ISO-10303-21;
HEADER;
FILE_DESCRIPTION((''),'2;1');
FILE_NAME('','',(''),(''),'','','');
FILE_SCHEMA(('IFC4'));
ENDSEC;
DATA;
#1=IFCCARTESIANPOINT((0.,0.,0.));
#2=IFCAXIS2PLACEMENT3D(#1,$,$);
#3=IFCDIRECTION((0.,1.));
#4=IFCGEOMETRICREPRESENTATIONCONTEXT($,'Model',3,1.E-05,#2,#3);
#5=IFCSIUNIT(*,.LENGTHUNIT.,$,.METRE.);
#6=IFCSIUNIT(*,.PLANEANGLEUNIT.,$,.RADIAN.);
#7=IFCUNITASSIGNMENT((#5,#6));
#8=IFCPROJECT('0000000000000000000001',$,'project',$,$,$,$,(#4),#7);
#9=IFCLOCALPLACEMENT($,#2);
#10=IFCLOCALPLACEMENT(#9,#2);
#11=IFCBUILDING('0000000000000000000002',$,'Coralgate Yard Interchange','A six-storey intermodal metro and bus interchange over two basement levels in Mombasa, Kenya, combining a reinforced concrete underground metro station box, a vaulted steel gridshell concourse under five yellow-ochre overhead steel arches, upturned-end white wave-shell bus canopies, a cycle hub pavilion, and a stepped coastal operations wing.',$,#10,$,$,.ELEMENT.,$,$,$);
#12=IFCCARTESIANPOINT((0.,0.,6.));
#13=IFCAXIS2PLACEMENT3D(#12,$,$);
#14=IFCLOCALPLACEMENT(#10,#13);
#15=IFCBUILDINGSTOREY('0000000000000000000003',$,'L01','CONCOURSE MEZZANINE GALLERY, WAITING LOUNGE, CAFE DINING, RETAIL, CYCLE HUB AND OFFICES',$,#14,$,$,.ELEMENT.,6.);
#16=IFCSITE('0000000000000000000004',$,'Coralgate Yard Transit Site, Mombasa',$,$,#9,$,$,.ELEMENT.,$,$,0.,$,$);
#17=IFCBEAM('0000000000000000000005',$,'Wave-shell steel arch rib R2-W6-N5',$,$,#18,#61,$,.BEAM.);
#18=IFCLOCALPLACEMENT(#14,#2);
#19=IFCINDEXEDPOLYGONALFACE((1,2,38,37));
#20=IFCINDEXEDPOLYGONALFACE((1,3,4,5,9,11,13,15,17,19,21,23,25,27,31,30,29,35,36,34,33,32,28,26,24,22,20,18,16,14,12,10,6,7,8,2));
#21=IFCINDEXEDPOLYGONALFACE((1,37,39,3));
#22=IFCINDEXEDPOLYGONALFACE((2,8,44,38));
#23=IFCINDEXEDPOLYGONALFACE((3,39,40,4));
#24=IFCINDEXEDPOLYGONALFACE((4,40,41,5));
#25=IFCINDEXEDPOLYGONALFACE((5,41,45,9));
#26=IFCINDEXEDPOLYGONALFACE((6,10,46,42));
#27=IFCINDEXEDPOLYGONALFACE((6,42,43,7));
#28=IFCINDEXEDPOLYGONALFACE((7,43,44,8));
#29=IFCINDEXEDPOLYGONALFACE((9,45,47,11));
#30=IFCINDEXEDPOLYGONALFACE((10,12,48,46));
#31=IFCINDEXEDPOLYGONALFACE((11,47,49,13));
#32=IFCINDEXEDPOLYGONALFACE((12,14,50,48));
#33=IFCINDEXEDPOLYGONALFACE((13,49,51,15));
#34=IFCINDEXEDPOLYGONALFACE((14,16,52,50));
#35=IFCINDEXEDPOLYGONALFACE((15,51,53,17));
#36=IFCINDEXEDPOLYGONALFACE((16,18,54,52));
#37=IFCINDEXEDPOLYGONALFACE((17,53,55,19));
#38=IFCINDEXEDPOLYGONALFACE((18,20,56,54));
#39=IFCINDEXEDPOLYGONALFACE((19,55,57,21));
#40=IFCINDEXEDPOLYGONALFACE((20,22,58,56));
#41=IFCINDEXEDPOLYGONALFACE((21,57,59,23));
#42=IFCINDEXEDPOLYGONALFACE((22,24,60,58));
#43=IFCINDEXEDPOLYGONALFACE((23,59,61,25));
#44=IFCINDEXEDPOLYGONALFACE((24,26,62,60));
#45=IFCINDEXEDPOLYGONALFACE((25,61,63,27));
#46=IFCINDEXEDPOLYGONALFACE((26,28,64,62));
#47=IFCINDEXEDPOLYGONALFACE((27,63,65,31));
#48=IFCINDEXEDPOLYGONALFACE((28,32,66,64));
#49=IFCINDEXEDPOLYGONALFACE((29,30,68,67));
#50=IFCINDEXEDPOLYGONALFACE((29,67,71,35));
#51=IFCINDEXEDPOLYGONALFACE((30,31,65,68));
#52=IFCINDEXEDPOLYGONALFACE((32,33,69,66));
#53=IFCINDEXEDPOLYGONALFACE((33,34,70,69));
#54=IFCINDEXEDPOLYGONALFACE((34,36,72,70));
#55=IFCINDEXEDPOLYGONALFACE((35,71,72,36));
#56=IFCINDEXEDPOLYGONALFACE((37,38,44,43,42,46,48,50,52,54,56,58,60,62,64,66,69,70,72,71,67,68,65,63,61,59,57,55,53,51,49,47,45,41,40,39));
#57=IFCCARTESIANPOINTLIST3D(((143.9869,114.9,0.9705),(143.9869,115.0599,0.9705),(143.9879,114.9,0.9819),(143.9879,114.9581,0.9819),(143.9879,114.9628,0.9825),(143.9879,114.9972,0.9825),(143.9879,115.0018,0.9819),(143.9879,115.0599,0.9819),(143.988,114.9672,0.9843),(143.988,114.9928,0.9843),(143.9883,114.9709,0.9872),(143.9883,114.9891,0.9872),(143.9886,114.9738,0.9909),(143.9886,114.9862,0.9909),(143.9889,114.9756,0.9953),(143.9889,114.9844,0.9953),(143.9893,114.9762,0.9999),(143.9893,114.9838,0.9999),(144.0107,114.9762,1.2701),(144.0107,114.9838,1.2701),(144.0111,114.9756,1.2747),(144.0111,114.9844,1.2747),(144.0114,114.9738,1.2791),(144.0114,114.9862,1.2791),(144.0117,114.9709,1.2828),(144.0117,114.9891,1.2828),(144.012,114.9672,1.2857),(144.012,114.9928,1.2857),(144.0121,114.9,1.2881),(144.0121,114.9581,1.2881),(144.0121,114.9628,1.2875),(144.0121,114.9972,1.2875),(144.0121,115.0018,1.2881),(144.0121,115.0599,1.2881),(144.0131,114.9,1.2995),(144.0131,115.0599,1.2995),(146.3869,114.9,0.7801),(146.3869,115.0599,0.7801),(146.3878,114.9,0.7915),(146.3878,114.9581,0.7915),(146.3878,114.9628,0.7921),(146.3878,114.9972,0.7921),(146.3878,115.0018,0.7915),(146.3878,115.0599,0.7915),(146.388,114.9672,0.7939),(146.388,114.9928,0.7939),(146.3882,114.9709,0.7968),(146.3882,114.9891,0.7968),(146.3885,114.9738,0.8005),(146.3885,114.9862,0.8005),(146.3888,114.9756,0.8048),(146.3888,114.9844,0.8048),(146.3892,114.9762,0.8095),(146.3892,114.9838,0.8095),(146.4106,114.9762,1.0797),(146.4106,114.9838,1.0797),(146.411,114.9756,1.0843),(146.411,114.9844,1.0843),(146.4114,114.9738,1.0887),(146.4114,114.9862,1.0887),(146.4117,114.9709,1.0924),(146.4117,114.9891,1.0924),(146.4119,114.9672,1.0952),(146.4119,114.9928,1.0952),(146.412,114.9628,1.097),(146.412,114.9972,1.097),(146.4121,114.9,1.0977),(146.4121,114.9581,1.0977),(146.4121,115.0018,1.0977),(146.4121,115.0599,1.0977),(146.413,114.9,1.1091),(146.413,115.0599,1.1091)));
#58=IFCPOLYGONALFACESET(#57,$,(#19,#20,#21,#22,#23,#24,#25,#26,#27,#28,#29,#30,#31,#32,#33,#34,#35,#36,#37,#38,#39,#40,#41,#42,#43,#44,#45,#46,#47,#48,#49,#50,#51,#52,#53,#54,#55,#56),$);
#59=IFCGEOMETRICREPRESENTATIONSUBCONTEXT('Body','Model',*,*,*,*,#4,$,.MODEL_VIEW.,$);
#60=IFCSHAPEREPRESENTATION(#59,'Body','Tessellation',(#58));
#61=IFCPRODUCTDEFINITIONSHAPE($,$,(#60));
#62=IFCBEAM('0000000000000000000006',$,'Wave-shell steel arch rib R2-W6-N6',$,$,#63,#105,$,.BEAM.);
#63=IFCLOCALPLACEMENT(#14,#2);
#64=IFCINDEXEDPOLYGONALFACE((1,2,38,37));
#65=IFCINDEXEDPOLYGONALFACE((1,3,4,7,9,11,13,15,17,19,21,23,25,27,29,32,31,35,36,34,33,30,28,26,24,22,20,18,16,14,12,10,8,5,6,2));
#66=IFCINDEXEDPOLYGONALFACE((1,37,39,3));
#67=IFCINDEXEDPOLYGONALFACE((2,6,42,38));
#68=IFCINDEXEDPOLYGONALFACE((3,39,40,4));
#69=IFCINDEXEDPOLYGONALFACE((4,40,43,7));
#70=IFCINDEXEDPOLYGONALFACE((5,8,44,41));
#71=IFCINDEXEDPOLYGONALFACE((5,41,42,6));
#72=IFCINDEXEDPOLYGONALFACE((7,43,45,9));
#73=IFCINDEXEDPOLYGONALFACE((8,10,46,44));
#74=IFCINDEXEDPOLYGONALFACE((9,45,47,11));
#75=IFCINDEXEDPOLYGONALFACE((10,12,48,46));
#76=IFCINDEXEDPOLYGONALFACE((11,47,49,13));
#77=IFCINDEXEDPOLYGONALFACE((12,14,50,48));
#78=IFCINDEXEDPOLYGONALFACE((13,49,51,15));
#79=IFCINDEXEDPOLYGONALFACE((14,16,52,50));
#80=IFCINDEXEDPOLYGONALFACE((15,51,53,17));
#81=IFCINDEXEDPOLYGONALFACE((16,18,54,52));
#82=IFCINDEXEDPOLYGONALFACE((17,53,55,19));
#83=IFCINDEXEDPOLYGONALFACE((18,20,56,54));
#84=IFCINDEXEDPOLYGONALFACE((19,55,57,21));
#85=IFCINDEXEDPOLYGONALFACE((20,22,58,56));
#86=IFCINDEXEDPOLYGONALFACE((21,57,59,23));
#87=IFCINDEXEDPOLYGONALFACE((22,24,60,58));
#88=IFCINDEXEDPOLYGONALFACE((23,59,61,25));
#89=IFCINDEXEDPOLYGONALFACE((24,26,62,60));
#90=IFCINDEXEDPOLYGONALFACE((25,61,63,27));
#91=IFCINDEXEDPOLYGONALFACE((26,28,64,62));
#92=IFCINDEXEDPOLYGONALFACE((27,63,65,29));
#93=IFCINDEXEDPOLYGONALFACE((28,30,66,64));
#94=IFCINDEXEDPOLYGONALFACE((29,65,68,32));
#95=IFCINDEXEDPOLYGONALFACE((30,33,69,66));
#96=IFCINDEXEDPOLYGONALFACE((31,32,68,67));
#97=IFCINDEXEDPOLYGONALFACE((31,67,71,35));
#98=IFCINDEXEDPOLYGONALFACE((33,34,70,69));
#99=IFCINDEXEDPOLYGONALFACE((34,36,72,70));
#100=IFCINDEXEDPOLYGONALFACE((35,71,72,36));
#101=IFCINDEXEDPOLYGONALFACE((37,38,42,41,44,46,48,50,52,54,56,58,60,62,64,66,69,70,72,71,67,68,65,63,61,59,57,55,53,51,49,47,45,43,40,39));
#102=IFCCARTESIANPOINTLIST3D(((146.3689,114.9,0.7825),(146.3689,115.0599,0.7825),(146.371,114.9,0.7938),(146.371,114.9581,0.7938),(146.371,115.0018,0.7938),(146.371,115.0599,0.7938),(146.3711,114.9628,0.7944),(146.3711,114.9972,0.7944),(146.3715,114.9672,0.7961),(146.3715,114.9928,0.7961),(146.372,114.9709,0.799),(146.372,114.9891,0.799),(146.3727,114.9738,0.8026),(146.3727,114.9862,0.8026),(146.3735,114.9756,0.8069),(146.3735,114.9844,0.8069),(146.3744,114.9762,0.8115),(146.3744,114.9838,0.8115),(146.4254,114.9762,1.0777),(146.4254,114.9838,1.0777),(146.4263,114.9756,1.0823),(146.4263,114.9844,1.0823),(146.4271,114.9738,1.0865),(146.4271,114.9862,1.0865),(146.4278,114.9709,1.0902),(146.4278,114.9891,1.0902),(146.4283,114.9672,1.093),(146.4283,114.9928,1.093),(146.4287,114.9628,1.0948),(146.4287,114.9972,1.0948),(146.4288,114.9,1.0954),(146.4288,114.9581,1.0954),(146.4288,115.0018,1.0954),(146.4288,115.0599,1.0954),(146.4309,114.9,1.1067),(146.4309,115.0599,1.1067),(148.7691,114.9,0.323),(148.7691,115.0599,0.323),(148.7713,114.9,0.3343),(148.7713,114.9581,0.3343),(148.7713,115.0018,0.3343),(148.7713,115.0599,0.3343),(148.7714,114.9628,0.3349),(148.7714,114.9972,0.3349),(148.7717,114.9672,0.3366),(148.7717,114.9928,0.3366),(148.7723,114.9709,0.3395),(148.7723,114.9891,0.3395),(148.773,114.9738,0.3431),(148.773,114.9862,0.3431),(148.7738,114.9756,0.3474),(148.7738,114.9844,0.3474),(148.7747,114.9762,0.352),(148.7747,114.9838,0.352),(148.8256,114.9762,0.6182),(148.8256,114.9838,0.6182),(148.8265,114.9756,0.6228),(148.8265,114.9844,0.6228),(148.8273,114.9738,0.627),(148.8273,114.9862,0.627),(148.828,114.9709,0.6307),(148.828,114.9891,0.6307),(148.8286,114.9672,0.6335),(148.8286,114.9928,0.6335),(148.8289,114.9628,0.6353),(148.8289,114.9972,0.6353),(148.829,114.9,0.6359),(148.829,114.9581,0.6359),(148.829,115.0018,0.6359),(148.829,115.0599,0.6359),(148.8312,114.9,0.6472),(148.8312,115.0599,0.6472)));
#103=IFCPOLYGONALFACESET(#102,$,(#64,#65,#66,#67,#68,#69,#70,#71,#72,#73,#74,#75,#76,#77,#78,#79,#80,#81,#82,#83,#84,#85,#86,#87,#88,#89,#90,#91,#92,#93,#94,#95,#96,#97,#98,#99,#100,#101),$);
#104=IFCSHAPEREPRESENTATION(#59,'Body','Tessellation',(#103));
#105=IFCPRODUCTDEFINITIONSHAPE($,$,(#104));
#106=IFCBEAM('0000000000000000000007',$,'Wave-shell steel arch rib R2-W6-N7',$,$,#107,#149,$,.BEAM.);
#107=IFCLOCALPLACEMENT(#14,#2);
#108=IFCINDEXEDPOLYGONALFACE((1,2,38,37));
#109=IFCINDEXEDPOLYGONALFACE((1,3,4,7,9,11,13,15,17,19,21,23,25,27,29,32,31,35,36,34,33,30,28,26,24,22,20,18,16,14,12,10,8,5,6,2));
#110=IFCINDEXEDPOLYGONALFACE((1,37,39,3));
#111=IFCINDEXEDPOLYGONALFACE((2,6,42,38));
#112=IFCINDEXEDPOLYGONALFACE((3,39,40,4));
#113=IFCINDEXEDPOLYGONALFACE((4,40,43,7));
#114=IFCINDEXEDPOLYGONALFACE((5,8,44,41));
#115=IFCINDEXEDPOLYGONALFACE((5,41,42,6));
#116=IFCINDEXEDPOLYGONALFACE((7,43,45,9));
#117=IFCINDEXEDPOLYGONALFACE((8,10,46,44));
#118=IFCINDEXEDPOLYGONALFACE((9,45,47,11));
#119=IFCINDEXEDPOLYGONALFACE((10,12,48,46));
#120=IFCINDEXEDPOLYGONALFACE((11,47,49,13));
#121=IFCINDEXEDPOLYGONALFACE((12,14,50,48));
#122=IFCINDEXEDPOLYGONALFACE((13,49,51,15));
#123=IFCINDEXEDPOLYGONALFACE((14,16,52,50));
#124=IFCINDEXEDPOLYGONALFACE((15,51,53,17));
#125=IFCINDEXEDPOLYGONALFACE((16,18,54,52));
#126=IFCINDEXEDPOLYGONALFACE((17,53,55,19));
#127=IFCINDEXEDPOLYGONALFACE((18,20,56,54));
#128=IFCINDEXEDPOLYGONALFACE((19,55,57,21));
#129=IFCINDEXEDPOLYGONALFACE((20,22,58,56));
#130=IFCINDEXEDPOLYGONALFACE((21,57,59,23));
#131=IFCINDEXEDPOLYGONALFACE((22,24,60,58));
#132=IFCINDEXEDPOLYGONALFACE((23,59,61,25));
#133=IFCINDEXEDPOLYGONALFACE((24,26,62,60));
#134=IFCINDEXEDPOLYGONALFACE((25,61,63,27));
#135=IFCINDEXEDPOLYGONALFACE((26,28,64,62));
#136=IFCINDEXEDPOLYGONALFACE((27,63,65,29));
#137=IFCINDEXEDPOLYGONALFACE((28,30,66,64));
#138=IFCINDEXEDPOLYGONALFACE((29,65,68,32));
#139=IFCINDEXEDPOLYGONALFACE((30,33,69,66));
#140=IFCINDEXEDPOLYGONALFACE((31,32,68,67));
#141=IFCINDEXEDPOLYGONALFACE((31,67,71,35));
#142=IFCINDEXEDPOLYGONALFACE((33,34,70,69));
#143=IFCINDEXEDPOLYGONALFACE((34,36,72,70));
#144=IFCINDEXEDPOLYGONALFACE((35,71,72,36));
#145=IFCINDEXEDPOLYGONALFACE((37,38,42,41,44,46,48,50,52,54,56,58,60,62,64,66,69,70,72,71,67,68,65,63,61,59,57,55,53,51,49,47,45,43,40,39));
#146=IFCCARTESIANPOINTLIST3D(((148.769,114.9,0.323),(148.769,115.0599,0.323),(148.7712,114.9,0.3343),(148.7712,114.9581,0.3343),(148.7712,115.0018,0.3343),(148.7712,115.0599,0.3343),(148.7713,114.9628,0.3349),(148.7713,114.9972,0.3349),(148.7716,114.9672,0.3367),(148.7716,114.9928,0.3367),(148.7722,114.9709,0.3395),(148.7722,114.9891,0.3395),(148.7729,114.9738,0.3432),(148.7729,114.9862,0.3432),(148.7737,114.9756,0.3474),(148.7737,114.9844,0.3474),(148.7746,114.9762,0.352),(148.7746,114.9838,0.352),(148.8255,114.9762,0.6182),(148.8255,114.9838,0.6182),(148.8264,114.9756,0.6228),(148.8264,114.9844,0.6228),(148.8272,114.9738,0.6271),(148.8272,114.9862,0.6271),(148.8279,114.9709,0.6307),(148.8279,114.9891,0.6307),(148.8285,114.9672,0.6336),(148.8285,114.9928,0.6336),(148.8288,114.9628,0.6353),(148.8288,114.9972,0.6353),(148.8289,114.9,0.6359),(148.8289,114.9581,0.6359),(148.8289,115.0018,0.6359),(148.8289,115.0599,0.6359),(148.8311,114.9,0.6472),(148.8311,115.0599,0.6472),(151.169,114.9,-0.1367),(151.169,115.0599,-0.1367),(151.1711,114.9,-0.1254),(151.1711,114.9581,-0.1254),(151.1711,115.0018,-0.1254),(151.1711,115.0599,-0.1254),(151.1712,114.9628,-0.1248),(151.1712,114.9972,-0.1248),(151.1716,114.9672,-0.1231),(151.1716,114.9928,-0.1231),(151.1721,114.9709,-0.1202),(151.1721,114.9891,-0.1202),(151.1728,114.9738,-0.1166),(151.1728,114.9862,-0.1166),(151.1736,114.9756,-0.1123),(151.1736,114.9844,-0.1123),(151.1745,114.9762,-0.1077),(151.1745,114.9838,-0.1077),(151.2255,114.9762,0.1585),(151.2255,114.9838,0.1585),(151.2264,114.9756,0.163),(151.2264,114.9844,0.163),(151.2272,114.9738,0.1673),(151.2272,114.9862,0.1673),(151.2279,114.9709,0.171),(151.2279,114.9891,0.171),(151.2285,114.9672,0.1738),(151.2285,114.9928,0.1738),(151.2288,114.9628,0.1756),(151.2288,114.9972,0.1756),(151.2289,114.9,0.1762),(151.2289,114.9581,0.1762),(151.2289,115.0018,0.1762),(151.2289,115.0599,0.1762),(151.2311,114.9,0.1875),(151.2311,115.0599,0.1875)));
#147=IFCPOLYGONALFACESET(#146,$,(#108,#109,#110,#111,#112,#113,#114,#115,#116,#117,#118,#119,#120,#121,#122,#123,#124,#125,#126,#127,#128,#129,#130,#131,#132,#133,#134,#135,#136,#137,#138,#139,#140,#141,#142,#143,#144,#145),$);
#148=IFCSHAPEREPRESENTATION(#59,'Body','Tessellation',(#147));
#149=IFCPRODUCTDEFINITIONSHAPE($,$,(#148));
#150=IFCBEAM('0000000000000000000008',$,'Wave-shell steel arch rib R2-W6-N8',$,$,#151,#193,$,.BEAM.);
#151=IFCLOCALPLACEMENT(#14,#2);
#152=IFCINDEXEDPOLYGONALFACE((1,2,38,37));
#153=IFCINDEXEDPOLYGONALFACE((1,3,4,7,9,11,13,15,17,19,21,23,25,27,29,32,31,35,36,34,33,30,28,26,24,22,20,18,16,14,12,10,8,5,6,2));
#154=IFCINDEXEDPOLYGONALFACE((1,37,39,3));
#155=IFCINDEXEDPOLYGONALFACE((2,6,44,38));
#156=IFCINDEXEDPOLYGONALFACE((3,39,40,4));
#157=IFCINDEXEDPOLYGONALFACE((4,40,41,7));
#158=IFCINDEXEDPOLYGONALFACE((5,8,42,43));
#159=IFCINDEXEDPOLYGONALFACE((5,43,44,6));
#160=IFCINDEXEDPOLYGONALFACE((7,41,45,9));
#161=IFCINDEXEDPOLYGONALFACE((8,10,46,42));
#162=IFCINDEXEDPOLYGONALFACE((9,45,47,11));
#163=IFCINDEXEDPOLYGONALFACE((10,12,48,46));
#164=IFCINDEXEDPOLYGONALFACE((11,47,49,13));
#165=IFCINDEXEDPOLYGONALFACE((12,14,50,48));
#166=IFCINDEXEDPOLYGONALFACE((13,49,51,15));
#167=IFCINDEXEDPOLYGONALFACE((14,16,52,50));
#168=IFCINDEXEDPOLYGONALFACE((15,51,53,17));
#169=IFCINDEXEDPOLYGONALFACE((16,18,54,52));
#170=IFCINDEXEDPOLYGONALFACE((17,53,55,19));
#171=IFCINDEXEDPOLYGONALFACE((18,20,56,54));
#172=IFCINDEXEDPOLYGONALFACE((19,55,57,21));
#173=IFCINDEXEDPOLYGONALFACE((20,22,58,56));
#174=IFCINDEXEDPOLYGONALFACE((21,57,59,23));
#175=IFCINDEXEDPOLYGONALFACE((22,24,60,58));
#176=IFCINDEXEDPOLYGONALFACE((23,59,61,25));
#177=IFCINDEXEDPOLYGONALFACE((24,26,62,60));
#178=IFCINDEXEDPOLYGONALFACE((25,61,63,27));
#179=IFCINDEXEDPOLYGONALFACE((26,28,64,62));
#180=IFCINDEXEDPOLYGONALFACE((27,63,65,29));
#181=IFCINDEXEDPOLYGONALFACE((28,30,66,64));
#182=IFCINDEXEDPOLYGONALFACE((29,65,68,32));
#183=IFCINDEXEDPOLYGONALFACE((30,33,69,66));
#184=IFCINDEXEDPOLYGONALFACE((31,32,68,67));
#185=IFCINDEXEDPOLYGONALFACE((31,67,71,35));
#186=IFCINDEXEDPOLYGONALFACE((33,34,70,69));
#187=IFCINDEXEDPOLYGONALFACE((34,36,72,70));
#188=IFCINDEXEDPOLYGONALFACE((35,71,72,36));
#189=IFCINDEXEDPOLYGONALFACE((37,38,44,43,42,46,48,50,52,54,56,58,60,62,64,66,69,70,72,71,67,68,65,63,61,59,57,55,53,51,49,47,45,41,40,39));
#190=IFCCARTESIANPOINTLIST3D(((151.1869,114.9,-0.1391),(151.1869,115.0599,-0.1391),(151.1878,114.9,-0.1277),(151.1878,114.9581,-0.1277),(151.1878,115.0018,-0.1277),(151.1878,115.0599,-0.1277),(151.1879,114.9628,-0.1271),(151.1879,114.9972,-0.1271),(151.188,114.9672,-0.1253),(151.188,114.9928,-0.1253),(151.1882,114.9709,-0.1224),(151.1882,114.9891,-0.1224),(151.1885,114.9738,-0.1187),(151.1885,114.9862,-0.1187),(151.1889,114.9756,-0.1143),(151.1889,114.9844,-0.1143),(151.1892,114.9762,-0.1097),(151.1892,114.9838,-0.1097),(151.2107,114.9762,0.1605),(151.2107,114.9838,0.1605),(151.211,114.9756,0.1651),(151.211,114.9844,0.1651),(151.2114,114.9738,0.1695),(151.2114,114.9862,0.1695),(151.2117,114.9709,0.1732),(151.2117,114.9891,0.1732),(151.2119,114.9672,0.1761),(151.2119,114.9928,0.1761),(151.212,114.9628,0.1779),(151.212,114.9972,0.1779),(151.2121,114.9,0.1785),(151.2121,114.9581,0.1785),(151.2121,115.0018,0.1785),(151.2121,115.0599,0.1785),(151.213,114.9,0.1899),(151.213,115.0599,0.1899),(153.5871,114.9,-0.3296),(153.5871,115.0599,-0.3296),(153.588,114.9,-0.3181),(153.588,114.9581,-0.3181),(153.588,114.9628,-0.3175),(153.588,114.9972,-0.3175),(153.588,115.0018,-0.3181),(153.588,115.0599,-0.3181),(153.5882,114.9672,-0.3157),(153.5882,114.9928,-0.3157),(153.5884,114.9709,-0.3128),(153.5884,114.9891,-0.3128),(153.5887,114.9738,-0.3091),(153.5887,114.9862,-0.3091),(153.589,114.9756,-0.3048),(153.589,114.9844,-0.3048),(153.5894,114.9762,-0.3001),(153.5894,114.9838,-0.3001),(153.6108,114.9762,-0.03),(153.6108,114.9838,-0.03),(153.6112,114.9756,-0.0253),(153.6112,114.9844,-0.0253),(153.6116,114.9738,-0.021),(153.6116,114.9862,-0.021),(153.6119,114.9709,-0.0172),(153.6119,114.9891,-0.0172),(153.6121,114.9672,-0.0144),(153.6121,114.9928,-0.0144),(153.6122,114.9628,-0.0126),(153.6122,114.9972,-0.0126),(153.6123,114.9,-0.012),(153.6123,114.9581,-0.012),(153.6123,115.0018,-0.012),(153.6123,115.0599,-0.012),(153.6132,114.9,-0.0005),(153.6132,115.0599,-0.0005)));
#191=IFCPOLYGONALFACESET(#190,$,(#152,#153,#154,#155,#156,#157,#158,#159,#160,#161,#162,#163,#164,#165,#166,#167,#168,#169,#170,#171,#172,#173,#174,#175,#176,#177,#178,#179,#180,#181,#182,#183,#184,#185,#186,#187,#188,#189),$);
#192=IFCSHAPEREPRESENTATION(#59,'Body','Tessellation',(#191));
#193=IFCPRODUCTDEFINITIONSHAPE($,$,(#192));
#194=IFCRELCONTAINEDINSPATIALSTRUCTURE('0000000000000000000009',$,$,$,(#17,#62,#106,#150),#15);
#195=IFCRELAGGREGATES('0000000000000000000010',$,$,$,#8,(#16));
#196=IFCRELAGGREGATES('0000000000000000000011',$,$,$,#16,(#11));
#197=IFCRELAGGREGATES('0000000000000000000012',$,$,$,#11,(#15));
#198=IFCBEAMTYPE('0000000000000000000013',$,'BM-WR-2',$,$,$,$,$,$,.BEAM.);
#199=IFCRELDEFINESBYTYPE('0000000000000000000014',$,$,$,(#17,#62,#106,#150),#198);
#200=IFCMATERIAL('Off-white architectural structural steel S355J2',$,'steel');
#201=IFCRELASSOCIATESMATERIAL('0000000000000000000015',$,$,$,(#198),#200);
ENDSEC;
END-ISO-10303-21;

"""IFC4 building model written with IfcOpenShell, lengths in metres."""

from ifc_helpers import new_model, si_unit, direction, frame, origin, origin_2d, place, context, subcontext, project, spatial, i_section, extrude, material, material_profile, profile_set, type_object, element, save


model = new_model("IFC4")

# Units and contexts
model_context = context("Model", 3, precision=1e-05, world=origin(), true_north=direction((0.0, 1.0)))
body_context = subcontext(model_context, "Body", "Model", "MODEL_VIEW")
ifc_project = project(units=[si_unit("LENGTHUNIT", "METRE"), si_unit("PLANEANGLEUNIT", "RADIAN")], contexts=[model_context])

# Site, building, storey
site_placement = place(None, origin())
site = spatial("IfcSite", under=ifc_project, at=site_placement, Name="Coralgate Yard Transit Site, Mombasa", CompositionType="ELEMENT", RefElevation=0.0)
building_placement = place(site_placement, origin())
building = spatial("IfcBuilding", under=site, at=building_placement, Name="Coralgate Yard Interchange", Description="A six-storey intermodal metro and bus interchange over two basement levels in Mombasa, Kenya, combining a reinforced concrete underground metro station box, a vaulted steel gridshell concourse under five yellow-ochre overhead steel arches, upturned-end white wave-shell bus canopies, a cycle hub pavilion, and a stepped coastal operations wing.", CompositionType="ELEMENT")
storey_placement = place(building_placement, frame((0.0, 0.0, 6.0)))
storey = spatial("IfcBuildingStorey", under=building, at=storey_placement, Name="L01", Description="CONCOURSE MEZZANINE GALLERY, WAITING LOUNGE, CAFE DINING, RETAIL, CYCLE HUB AND OFFICES", CompositionType="ELEMENT", Elevation=6.0)

# Beams
ifc_material_1 = material(Name="Off-white architectural structural steel S355J2", Category="steel")
ifc_material_profile_1 = material_profile(ifc_material_1, i_section(OverallWidth=0.1599, OverallDepth=0.3301, WebThickness=0.0076, FlangeThickness=0.0115, FilletRadius=0.0181, at=origin_2d()), Name="IPE 330")
ifc_profile_set_1 = profile_set([ifc_material_profile_1], Name="Off-white architectural structural steel S355J2")
beam_type_1 = type_object("IfcBeamType", Name="BM-WR-2", PredefinedType="BEAM", material=ifc_profile_set_1)
for number, where, z_axis, x_axis, name in (
    (1, (144.0, 114.98, 1.135), (0.996867, 0.0, -0.0791), (0.0, 1.0, 0.0), "Wave-shell steel arch rib R2-W6-N5"),
):
    element("IfcBeam", number, at=place(storey_placement, frame(where, z_axis=z_axis, x_axis=x_axis)), inside=storey, type_object=beam_type_1, Name=name, PredefinedType="BEAM", context=body_context, shape_type="SweptSolid", body=[
        extrude(i_section(OverallWidth=0.1599, OverallDepth=0.3301, WebThickness=0.0076, FlangeThickness=0.0115, FilletRadius=0.0181, at=origin_2d()), origin(), (0.0, 0.0, 1.0), 2.4075),
    ])
beam_1_placement = place(storey_placement, frame((146.3999, 114.98, 0.9446), z_axis=(0.982165, 0.0, -0.188021), x_axis=(0.0, 1.0, 0.0)))
element("IfcBeam", 2, at=beam_1_placement, inside=storey, type_object=beam_type_1, Name="Wave-shell steel arch rib R2-W6-N6", PredefinedType="BEAM", context=body_context, shape_type="SweptSolid", body=[
    extrude(i_section(OverallWidth=0.1599, OverallDepth=0.3301, WebThickness=0.0076, FlangeThickness=0.0115, FilletRadius=0.0181, at=origin_2d()), origin(), (0.0, 0.0, 1.0), 2.4438),
])
beam_2_placement = place(storey_placement, frame((148.8, 114.98, 0.4851), z_axis=(0.982143, 0.0, -0.188136), x_axis=(0.0, 1.0, 0.0)))
element("IfcBeam", 3, at=beam_2_placement, inside=storey, type_object=beam_type_1, Name="Wave-shell steel arch rib R2-W6-N7", PredefinedType="BEAM", context=body_context, shape_type="SweptSolid", body=[
    extrude(i_section(OverallWidth=0.1599, OverallDepth=0.3301, WebThickness=0.0076, FlangeThickness=0.0115, FilletRadius=0.0181, at=origin_2d()), origin(), (0.0, 0.0, 1.0), 2.4436),
])
beam_3_placement = place(storey_placement, frame((151.2, 114.98, 0.0254), z_axis=(0.996867, 0.0, -0.079092), x_axis=(0.0, 1.0, 0.0)))
element("IfcBeam", 4, at=beam_3_placement, inside=storey, type_object=beam_type_1, Name="Wave-shell steel arch rib R2-W6-N8", PredefinedType="BEAM", context=body_context, shape_type="SweptSolid", body=[
    extrude(i_section(OverallWidth=0.1599, OverallDepth=0.3301, WebThickness=0.0076, FlangeThickness=0.0115, FilletRadius=0.0181, at=origin_2d()), origin(), (0.0, 0.0, 1.0), 2.4077),
])

save(model, "model.ifc")
